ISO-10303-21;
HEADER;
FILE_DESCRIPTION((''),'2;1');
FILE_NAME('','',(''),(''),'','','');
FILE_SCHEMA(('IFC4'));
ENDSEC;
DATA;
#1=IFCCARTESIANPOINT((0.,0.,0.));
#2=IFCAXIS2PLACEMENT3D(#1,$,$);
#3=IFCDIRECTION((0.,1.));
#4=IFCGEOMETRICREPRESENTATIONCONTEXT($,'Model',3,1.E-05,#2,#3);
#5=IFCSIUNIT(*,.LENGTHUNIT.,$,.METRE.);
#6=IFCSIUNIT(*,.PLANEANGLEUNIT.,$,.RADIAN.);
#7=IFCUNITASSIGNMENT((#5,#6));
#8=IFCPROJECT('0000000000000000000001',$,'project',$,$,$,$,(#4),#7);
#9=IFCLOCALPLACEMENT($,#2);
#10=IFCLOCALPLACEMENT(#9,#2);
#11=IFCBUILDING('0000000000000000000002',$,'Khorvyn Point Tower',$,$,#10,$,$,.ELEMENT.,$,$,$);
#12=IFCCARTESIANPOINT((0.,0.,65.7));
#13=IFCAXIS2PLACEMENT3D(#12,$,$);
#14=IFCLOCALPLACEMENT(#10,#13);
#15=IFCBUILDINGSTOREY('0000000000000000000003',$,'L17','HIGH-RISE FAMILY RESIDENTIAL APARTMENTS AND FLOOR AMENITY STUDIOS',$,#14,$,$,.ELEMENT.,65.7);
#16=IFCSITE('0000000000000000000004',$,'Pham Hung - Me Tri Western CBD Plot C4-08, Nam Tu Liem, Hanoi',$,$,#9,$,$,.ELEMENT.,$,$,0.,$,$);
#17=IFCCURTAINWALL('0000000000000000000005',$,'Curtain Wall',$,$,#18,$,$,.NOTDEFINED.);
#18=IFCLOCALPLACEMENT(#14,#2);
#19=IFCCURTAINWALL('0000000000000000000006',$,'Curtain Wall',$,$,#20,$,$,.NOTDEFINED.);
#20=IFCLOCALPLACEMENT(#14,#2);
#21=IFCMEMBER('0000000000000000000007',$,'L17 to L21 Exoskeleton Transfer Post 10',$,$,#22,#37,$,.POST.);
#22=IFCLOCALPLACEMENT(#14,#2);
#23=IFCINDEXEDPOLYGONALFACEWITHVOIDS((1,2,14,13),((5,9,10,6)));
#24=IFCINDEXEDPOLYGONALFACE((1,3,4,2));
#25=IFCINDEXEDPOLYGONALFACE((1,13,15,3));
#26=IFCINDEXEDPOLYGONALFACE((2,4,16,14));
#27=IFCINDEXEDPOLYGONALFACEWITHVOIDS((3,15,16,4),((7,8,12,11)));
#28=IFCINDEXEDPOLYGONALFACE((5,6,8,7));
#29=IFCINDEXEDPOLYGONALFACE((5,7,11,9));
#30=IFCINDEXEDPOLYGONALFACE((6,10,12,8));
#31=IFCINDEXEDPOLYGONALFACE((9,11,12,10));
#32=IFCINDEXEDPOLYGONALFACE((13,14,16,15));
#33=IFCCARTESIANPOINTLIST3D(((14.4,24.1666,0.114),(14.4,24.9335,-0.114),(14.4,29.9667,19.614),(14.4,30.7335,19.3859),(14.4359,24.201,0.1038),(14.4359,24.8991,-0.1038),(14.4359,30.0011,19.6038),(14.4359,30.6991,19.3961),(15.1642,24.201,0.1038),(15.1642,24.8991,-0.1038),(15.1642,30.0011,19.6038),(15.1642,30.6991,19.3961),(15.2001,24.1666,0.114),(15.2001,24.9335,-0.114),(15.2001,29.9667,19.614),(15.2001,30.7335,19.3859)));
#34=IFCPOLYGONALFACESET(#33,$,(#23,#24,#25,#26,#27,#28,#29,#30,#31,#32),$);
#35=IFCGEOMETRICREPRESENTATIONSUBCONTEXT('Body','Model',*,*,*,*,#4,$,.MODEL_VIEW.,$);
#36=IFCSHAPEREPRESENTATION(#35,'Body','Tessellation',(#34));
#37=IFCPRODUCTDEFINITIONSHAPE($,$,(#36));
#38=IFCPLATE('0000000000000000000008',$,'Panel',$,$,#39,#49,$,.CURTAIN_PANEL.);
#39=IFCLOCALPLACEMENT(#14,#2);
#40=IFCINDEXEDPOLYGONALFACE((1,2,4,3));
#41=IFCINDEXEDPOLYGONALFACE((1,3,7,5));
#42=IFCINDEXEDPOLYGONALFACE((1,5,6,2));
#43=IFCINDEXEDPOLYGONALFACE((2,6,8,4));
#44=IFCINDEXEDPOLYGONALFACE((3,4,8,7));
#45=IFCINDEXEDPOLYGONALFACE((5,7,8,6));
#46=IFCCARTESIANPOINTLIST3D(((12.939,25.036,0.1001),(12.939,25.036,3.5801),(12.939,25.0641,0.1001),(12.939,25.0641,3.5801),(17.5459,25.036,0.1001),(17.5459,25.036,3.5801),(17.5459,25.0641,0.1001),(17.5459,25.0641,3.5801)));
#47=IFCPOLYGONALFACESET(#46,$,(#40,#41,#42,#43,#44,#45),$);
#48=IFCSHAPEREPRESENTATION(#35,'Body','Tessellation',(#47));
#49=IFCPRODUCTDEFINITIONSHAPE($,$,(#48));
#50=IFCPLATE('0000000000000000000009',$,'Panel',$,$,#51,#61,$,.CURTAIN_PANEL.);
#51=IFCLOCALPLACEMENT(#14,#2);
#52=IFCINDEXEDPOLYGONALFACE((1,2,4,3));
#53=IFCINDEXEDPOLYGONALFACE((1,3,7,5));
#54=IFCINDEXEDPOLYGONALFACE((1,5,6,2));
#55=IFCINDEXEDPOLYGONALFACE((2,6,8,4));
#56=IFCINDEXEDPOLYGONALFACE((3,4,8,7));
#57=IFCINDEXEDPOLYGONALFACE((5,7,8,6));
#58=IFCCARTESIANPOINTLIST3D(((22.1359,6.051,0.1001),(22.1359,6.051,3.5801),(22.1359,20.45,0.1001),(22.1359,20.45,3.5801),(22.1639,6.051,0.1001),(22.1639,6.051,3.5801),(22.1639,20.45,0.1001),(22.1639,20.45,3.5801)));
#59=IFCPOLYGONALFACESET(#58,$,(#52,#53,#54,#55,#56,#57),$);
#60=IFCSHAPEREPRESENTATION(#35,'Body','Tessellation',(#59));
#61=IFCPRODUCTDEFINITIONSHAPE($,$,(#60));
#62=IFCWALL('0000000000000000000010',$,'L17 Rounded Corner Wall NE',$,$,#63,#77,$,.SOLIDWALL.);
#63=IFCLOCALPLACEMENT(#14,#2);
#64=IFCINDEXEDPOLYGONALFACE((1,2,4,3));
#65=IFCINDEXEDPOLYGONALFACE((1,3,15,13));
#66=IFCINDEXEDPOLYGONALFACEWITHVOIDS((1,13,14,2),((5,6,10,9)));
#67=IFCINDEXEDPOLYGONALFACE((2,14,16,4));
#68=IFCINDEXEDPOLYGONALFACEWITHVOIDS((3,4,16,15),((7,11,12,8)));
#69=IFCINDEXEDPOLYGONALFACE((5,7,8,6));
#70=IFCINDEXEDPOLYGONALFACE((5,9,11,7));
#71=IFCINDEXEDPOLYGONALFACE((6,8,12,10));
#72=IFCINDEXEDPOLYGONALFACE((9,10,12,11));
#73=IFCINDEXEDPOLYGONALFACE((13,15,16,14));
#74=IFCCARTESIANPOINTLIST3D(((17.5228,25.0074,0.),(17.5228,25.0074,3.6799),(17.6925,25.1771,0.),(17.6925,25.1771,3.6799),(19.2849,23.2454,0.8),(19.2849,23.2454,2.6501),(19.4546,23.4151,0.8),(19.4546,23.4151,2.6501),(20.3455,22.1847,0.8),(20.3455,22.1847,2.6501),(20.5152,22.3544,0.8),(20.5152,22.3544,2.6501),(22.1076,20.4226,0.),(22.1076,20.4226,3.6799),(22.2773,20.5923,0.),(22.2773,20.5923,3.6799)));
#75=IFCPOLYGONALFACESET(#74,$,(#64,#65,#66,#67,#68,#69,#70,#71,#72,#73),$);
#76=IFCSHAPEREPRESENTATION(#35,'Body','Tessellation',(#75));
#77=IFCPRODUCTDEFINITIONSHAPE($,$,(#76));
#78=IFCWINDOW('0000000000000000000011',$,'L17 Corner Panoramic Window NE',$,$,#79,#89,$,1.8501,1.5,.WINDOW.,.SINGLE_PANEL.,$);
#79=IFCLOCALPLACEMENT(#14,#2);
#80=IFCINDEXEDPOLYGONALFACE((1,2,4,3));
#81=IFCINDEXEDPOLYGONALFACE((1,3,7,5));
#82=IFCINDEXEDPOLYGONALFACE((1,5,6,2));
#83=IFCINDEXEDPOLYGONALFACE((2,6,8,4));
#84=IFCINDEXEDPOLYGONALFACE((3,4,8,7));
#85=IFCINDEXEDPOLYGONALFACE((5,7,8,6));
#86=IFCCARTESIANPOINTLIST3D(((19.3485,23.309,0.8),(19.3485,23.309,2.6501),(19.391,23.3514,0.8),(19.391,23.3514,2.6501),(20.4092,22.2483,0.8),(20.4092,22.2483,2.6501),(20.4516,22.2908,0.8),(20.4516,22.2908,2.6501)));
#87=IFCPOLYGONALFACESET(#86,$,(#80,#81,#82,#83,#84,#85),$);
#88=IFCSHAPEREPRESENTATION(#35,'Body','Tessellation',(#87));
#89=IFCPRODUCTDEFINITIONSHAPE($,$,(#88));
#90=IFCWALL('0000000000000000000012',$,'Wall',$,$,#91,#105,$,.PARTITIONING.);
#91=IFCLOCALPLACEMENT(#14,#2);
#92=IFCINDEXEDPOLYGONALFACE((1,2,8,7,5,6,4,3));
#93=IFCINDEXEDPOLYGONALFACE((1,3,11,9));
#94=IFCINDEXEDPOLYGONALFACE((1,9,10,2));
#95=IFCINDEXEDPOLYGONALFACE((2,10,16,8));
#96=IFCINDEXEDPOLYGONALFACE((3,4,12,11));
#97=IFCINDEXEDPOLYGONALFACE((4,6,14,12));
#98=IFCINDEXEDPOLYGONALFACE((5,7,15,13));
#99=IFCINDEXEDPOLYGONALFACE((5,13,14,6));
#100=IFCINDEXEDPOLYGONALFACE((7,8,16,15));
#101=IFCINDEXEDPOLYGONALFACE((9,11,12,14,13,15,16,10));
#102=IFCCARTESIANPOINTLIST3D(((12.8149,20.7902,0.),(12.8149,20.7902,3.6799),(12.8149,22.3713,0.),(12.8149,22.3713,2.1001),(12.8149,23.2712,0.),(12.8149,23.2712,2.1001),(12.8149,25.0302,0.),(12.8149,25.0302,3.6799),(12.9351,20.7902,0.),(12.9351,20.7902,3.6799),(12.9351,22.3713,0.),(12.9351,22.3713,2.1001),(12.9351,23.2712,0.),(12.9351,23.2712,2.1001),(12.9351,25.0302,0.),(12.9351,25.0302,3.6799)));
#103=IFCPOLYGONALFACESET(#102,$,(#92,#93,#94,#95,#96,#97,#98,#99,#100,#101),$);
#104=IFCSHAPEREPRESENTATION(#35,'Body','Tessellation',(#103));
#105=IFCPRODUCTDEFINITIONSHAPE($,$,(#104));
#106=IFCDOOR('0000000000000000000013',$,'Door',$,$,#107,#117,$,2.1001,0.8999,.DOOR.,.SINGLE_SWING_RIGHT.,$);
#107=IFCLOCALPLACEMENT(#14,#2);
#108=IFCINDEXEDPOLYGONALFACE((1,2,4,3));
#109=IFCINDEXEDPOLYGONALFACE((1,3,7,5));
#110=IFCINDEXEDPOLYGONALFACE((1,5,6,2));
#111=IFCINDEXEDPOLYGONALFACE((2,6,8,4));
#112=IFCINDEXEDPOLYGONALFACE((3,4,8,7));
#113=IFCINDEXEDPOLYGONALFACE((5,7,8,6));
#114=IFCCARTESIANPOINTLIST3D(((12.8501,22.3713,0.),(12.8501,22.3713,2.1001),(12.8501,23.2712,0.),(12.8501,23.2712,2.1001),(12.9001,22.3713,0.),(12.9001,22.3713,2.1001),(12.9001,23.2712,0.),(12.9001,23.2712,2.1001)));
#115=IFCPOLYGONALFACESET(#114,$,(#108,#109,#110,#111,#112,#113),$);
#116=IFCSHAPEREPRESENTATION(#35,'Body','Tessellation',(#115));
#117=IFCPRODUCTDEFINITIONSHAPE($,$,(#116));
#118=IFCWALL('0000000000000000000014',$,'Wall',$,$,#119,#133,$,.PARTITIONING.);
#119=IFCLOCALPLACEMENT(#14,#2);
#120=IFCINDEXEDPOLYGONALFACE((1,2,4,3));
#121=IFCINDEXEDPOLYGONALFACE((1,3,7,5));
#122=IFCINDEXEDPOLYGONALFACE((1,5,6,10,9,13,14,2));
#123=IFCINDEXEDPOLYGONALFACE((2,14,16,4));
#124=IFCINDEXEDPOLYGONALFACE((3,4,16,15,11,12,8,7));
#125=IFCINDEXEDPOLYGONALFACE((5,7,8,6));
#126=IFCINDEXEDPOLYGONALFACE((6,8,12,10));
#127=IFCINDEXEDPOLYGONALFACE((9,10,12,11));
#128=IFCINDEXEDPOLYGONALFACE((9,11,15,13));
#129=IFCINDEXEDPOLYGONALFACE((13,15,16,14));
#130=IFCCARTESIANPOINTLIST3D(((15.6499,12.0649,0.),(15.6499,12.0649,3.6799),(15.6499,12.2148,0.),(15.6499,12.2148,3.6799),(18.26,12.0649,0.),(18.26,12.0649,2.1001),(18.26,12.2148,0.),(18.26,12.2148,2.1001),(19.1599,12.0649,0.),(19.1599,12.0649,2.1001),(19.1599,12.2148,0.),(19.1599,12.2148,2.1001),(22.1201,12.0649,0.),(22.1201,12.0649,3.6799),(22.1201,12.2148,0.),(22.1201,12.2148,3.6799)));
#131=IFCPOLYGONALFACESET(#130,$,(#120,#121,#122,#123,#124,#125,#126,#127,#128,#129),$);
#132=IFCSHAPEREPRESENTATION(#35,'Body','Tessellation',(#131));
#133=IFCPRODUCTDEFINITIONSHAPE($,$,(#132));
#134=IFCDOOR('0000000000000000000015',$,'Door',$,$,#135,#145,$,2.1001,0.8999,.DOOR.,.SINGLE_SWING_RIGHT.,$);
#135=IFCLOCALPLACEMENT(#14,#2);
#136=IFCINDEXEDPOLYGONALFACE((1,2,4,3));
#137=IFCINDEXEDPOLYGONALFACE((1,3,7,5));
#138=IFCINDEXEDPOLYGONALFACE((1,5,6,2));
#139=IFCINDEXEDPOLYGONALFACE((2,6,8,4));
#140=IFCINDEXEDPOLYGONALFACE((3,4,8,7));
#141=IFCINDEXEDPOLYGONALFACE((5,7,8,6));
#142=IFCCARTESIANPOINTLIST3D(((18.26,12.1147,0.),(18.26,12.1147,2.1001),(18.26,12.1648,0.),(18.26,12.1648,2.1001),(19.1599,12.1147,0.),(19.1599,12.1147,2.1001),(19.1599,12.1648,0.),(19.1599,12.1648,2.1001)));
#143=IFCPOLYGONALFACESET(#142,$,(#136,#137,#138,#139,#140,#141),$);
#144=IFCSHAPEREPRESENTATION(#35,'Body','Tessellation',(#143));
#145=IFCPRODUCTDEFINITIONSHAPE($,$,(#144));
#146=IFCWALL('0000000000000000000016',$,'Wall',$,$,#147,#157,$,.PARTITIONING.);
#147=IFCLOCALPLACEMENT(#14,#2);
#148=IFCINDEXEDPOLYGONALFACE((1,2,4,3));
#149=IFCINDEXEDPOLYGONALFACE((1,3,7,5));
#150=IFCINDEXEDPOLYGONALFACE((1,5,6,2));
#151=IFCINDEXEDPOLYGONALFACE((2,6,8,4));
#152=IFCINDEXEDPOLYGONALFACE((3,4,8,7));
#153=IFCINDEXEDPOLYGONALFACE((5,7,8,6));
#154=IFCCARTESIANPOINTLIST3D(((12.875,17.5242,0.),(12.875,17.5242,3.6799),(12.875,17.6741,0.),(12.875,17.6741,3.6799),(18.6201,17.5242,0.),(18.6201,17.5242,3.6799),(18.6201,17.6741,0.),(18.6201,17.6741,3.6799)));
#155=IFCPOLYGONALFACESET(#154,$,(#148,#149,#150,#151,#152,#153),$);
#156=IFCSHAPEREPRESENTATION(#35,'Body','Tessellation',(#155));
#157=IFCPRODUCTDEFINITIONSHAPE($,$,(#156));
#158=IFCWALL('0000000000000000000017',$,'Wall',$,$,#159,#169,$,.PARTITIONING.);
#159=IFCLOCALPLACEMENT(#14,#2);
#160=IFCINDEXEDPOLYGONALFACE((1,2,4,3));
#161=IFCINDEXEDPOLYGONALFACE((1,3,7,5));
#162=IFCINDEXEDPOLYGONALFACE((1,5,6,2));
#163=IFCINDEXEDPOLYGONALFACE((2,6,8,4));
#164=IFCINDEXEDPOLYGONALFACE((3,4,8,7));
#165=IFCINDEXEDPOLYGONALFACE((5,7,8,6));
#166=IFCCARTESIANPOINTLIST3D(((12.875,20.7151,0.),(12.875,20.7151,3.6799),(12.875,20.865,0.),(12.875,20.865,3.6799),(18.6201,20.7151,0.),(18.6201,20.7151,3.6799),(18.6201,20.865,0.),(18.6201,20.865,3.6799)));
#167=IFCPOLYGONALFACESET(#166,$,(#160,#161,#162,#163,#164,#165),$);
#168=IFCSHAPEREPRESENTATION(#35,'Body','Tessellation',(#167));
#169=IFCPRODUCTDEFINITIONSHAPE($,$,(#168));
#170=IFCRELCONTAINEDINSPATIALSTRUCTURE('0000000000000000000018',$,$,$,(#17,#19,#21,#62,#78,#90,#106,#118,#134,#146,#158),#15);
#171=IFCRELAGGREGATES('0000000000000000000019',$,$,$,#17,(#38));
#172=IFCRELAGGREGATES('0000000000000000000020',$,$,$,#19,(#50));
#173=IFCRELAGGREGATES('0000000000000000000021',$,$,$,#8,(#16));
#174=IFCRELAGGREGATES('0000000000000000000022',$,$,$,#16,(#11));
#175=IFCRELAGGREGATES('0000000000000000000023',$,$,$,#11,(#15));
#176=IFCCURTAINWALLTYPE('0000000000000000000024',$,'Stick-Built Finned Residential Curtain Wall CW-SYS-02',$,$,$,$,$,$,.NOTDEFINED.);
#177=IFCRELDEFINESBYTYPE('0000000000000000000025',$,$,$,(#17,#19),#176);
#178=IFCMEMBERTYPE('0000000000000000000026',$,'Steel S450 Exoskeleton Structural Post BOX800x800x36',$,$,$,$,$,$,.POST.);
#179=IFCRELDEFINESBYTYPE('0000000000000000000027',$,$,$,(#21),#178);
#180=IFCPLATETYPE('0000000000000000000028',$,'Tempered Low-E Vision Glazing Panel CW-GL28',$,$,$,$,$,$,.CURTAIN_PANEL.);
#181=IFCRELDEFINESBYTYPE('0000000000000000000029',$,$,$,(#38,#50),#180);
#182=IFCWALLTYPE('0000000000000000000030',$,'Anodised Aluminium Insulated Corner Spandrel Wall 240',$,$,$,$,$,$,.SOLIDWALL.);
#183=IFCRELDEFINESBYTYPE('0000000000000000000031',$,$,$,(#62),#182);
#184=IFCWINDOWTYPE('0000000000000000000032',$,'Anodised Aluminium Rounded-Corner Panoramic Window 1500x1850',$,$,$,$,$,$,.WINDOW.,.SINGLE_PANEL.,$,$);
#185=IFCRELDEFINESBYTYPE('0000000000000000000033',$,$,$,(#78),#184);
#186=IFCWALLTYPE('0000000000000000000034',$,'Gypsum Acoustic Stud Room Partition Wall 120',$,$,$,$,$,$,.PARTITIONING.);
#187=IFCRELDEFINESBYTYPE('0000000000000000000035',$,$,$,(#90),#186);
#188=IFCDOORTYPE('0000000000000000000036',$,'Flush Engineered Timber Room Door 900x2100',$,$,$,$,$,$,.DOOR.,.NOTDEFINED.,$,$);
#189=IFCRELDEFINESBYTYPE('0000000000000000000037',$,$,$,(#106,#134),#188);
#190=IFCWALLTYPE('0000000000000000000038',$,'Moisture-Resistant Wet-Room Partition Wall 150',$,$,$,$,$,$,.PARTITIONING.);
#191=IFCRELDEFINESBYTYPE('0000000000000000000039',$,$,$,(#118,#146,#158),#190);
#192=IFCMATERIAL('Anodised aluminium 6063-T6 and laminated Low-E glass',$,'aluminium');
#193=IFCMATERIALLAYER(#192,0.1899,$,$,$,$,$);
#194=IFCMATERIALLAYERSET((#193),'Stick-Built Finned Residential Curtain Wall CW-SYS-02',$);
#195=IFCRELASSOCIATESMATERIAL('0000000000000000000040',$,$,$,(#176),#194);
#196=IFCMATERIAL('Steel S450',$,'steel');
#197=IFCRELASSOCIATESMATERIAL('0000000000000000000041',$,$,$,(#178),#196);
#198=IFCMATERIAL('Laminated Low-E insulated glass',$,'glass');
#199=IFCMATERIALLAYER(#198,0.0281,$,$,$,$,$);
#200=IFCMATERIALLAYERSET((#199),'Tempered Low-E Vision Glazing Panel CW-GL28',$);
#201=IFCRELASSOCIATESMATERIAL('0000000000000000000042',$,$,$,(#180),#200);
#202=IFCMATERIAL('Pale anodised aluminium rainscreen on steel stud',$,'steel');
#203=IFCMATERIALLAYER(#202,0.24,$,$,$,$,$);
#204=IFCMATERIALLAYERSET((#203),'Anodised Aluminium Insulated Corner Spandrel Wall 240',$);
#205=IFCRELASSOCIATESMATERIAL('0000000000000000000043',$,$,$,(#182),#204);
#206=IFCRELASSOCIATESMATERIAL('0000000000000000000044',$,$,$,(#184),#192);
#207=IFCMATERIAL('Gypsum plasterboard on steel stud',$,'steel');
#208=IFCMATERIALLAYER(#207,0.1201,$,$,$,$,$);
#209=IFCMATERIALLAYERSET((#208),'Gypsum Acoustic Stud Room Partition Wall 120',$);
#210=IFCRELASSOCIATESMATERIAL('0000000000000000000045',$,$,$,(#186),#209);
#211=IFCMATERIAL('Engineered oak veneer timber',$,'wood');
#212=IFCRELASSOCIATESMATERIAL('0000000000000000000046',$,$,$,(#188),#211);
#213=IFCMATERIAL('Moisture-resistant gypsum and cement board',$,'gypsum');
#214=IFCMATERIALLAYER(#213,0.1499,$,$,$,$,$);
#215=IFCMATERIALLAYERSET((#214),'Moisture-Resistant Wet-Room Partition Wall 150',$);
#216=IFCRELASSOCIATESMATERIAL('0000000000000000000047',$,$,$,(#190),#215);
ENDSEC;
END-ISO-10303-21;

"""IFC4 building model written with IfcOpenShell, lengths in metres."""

from ifc_helpers import new_model, si_unit, direction, frame, frame_2d, origin, origin_2d, place, context, subcontext, project, spatial, rectangle, hollow_rectangle, extrude, material, layer, layer_set, material_profile, profile_set, type_object, element, fill, aggregate, save


model = new_model("IFC4")

# Units and contexts
model_context = context("Model", 3, precision=1e-05, world=origin(), true_north=direction((0.0, 1.0)))
body_context = subcontext(model_context, "Body", "Model", "MODEL_VIEW")
ifc_project = project(units=[si_unit("LENGTHUNIT", "METRE"), si_unit("PLANEANGLEUNIT", "RADIAN")], contexts=[model_context])

# Site, building, storey
site_placement = place(None, origin())
site = spatial("IfcSite", under=ifc_project, at=site_placement, Name="Pham Hung - Me Tri Western CBD Plot C4-08, Nam Tu Liem, Hanoi", CompositionType="ELEMENT", RefElevation=0.0)
building_placement = place(site_placement, origin())
building = spatial("IfcBuilding", under=site, at=building_placement, Name="Khorvyn Point Tower", CompositionType="ELEMENT")
storey_placement = place(building_placement, frame((0.0, 0.0, 65.7)))
storey = spatial("IfcBuildingStorey", under=building, at=storey_placement, Name="L17", Description="HIGH-RISE FAMILY RESIDENTIAL APARTMENTS AND FLOOR AMENITY STUDIOS", CompositionType="ELEMENT", Elevation=65.7)

# Shared definitions
ifc_material_1 = material(Name="Steel S450", Category="steel")

# Curtain wall
ifc_material_2 = material(Name="Anodised aluminium 6063-T6 and laminated Low-E glass", Category="aluminium")
ifc_layer_1 = layer(ifc_material_2, 0.1899)
ifc_layer_set_1 = layer_set([ifc_layer_1], Name="Stick-Built Finned Residential Curtain Wall CW-SYS-02")
curtain_wall_type = type_object("IfcCurtainWallType", Name="Stick-Built Finned Residential Curtain Wall CW-SYS-02", PredefinedType="NOTDEFINED", material=ifc_layer_set_1)
curtain_wall_1_placement = place(storey_placement, origin())
curtain_wall_1 = element("IfcCurtainWall", 1, at=curtain_wall_1_placement, inside=storey, type_object=curtain_wall_type, Name="Curtain Wall", PredefinedType="NOTDEFINED")

# Curtain wall
curtain_wall_2_placement = place(storey_placement, origin())
curtain_wall_2 = element("IfcCurtainWall", 2, at=curtain_wall_2_placement, inside=storey, type_object=curtain_wall_type, Name="Curtain Wall", PredefinedType="NOTDEFINED")

# Member
ifc_material_profile_1 = material_profile(ifc_material_1, hollow_rectangle(XDim=0.8, YDim=0.8, WallThickness=0.0359, at=origin_2d()))
ifc_profile_set_1 = profile_set([ifc_material_profile_1], Name="Steel S450 BOX800x800x36")
member_type_1 = type_object("IfcMemberType", Name="Steel S450 Exoskeleton Structural Post BOX800x800x36", PredefinedType="POST", material=ifc_profile_set_1)
for number, where, z_axis, x_axis, name in (
    (3, (14.8, 24.55, 0.0), (0.0, 0.285095, 0.958499), (-1.0, 0.0, 0.0), "L17 to L21 Exoskeleton Transfer Post 10"),
):
    element("IfcMember", number, at=place(storey_placement, frame(where, z_axis=z_axis, x_axis=x_axis)), inside=storey, type_object=member_type_1, Name=name, PredefinedType="POST", context=body_context, shape_type="SweptSolid", body=[
        extrude(hollow_rectangle(XDim=0.8, YDim=0.8, WallThickness=0.0359, at=origin_2d()), origin(), (0.0, 0.0, 1.0), 20.3442),
    ])

# Plates
ifc_material_3 = material(Name="Laminated Low-E insulated glass", Category="glass")
ifc_layer_2 = layer(ifc_material_3, 0.0281)
ifc_layer_set_2 = layer_set([ifc_layer_2], Name="Tempered Low-E Vision Glazing Panel CW-GL28")
plate_type = type_object("IfcPlateType", Name="Tempered Low-E Vision Glazing Panel CW-GL28", PredefinedType="CURTAIN_PANEL", material=ifc_layer_set_2)
plate_1_placement = place(storey_placement, frame((15.2424, 25.05, 0.1001), z_axis=(0.0, 0.0, 1.0), x_axis=(1.0, 0.0, 0.0)))
plate_1 = element("IfcPlate", 4, at=plate_1_placement, type_object=plate_type, Name="Panel", PredefinedType="CURTAIN_PANEL", context=body_context, shape_type="SweptSolid", body=[
    extrude(rectangle(XDim=4.6069, YDim=0.0281, at=origin_2d()), origin(), (0.0, 0.0, 1.0), 3.48),
])
aggregate(curtain_wall_1, [plate_1])
plate_2_placement = place(storey_placement, frame((22.1499, 13.2505, 0.1001), z_axis=(0.0, 0.0, 1.0), x_axis=(0.0, -1.0, 0.0)))
plate_2 = element("IfcPlate", 5, at=plate_2_placement, type_object=plate_type, Name="Panel", PredefinedType="CURTAIN_PANEL", context=body_context, shape_type="SweptSolid", body=[
    extrude(rectangle(XDim=14.3989, YDim=0.0281, at=origin_2d()), origin(), (0.0, 0.0, 1.0), 3.48),
])
aggregate(curtain_wall_2, [plate_2])

# Wall, opening, window
ifc_material_4 = material(Name="Pale anodised aluminium rainscreen on steel stud", Category="steel")
ifc_layer_3 = layer(ifc_material_4, 0.24)
ifc_layer_set_3 = layer_set([ifc_layer_3], Name="Anodised Aluminium Insulated Corner Spandrel Wall 240")
wall_type_1 = type_object("IfcWallType", Name="Anodised Aluminium Insulated Corner Spandrel Wall 240", PredefinedType="SOLIDWALL", material=ifc_layer_set_3)
wall_1_placement = place(storey_placement, frame((17.6077, 25.0923, 0.0), z_axis=(0.0, 0.0, 1.0), x_axis=(0.707107, -0.707107, 0.0)))
wall_1 = element("IfcWall", 6, at=wall_1_placement, inside=storey, type_object=wall_type_1, Name="L17 Rounded Corner Wall NE", PredefinedType="SOLIDWALL", context=body_context, shape_type="SweptSolid", body=[
    extrude(rectangle(XDim=6.4839, YDim=0.24, at=frame_2d((3.2419, 0.0))), origin(), (0.0, 0.0, 1.0), 3.6799),
])
opening_1_placement = place(wall_1_placement, frame((2.4919, 0.0, 0.8)))
opening_1 = element("IfcOpeningElement", 7, at=opening_1_placement, cuts=wall_1, PredefinedType="OPENING", context=body_context, shape_type="SweptSolid", body=[
    extrude(rectangle(XDim=1.5, YDim=1.8501, at=frame_2d((0.75, 0.925))), frame((0.0, 0.1299, 0.0), z_axis=(0.0, -1.0, 0.0), x_axis=(1.0, 0.0, 0.0)), (0.0, 0.0, 1.0), 0.26),
])
window_type = type_object("IfcWindowType", Name="Anodised Aluminium Rounded-Corner Panoramic Window 1500x1850", PartitioningType="SINGLE_PANEL", PredefinedType="WINDOW", material=ifc_material_2)
window_placement = place(opening_1_placement, origin())
window = element("IfcWindow", 8, at=window_placement, inside=storey, type_object=window_type, Name="L17 Corner Panoramic Window NE", OverallHeight=1.8501, OverallWidth=1.5, PartitioningType="SINGLE_PANEL", PredefinedType="WINDOW", context=body_context, shape_type="SweptSolid", body=[
    extrude(rectangle(XDim=1.5, YDim=1.8501, at=frame_2d((0.75, 0.925))), frame((0.0, 0.03, 0.0), z_axis=(0.0, -1.0, 0.0), x_axis=(1.0, 0.0, 0.0)), (0.0, 0.0, 1.0), 0.0601),
])
fill(opening_1, window)

# Walls, openings, doors
ifc_material_5 = material(Name="Gypsum plasterboard on steel stud", Category="steel")
ifc_layer_4 = layer(ifc_material_5, 0.1201)
ifc_layer_set_4 = layer_set([ifc_layer_4], Name="Gypsum Acoustic Stud Room Partition Wall 120")
wall_type_2 = type_object("IfcWallType", Name="Gypsum Acoustic Stud Room Partition Wall 120", PredefinedType="PARTITIONING", material=ifc_layer_set_4)
wall_2_placement = place(storey_placement, frame((12.875, 20.79, 0.0), z_axis=(0.0, 0.0, 1.0), x_axis=(0.0, 1.0, 0.0)))
wall_2 = element("IfcWall", 9, at=wall_2_placement, inside=storey, type_object=wall_type_2, Name="Wall", PredefinedType="PARTITIONING", context=body_context, shape_type="SweptSolid", body=[
    extrude(rectangle(XDim=4.24, YDim=0.1201, at=frame_2d((2.1201, 0.0))), origin(), (0.0, 0.0, 1.0), 3.6799),
])
opening_2_placement = place(wall_2_placement, frame((1.5813, 0.0, 0.0)))
opening_2 = element("IfcOpeningElement", 10, at=opening_2_placement, cuts=wall_2, PredefinedType="OPENING", context=body_context, shape_type="SweptSolid", body=[
    extrude(rectangle(XDim=0.8999, YDim=2.1001, at=frame_2d((0.45, 1.05))), frame((0.0, 0.0701, 0.0), z_axis=(0.0, -1.0, 0.0), x_axis=(1.0, 0.0, 0.0)), (0.0, 0.0, 1.0), 0.1401),
])
ifc_material_6 = material(Name="Engineered oak veneer timber", Category="wood")
door_type = type_object("IfcDoorType", Name="Flush Engineered Timber Room Door 900x2100", OperationType="NOTDEFINED", PredefinedType="DOOR", material=ifc_material_6)
door_1_placement = place(opening_2_placement, origin())
door_1 = element("IfcDoor", 11, at=door_1_placement, inside=storey, type_object=door_type, Name="Door", OperationType="SINGLE_SWING_RIGHT", OverallHeight=2.1001, OverallWidth=0.8999, PredefinedType="DOOR", context=body_context, shape_type="SweptSolid", body=[
    extrude(rectangle(XDim=0.8999, YDim=2.1001, at=frame_2d((0.45, 1.05))), frame((0.0, 0.0249, 0.0), z_axis=(0.0, -1.0, 0.0), x_axis=(1.0, 0.0, 0.0)), (0.0, 0.0, 1.0), 0.05),
])
fill(opening_2, door_1)
ifc_material_7 = material(Name="Moisture-resistant gypsum and cement board", Category="gypsum")
ifc_layer_5 = layer(ifc_material_7, 0.1499)
ifc_layer_set_5 = layer_set([ifc_layer_5], Name="Moisture-Resistant Wet-Room Partition Wall 150")
wall_type_3 = type_object("IfcWallType", Name="Moisture-Resistant Wet-Room Partition Wall 150", PredefinedType="PARTITIONING", material=ifc_layer_set_5)
wall_3_placement = place(storey_placement, frame((15.6499, 12.1399, 0.0), z_axis=(0.0, 0.0, 1.0), x_axis=(1.0, 0.0, 0.0)))
wall_3 = element("IfcWall", 12, at=wall_3_placement, inside=storey, type_object=wall_type_3, Name="Wall", PredefinedType="PARTITIONING", context=body_context, shape_type="SweptSolid", body=[
    extrude(rectangle(XDim=6.4702, YDim=0.1499, at=frame_2d((3.2351, 0.0))), origin(), (0.0, 0.0, 1.0), 3.6799),
])
opening_3_placement = place(wall_3_placement, frame((2.6101, 0.0, 0.0)))
opening_3 = element("IfcOpeningElement", 13, at=opening_3_placement, cuts=wall_3, PredefinedType="OPENING", context=body_context, shape_type="SweptSolid", body=[
    extrude(rectangle(XDim=0.8999, YDim=2.1001, at=frame_2d((0.45, 1.05))), frame((0.0, 0.085, 0.0), z_axis=(0.0, -1.0, 0.0), x_axis=(1.0, 0.0, 0.0)), (0.0, 0.0, 1.0), 0.1699),
])
door_2_placement = place(opening_3_placement, origin())
door_2 = element("IfcDoor", 14, at=door_2_placement, inside=storey, type_object=door_type, Name="Door", OperationType="SINGLE_SWING_RIGHT", OverallHeight=2.1001, OverallWidth=0.8999, PredefinedType="DOOR", context=body_context, shape_type="SweptSolid", body=[
    extrude(rectangle(XDim=0.8999, YDim=2.1001, at=frame_2d((0.45, 1.05))), frame((0.0, 0.0249, 0.0), z_axis=(0.0, -1.0, 0.0), x_axis=(1.0, 0.0, 0.0)), (0.0, 0.0, 1.0), 0.05),
])
fill(opening_3, door_2)

# Walls
for number, where, z_axis, x_axis, name in (
    (15, (12.875, 17.5991, 0.0), (0.0, 0.0, 1.0), (1.0, 0.0, 0.0), "Wall"),
    (16, (12.875, 20.79, 0.0), (0.0, 0.0, 1.0), (1.0, 0.0, 0.0), "Wall"),
):
    element("IfcWall", number, at=place(storey_placement, frame(where, z_axis=z_axis, x_axis=x_axis)), inside=storey, type_object=wall_type_3, Name=name, PredefinedType="PARTITIONING", context=body_context, shape_type="SweptSolid", body=[
        extrude(rectangle(XDim=5.7451, YDim=0.1499, at=frame_2d((2.8726, 0.0))), origin(), (0.0, 0.0, 1.0), 3.6799),
    ])

save(model, "model.ifc")
